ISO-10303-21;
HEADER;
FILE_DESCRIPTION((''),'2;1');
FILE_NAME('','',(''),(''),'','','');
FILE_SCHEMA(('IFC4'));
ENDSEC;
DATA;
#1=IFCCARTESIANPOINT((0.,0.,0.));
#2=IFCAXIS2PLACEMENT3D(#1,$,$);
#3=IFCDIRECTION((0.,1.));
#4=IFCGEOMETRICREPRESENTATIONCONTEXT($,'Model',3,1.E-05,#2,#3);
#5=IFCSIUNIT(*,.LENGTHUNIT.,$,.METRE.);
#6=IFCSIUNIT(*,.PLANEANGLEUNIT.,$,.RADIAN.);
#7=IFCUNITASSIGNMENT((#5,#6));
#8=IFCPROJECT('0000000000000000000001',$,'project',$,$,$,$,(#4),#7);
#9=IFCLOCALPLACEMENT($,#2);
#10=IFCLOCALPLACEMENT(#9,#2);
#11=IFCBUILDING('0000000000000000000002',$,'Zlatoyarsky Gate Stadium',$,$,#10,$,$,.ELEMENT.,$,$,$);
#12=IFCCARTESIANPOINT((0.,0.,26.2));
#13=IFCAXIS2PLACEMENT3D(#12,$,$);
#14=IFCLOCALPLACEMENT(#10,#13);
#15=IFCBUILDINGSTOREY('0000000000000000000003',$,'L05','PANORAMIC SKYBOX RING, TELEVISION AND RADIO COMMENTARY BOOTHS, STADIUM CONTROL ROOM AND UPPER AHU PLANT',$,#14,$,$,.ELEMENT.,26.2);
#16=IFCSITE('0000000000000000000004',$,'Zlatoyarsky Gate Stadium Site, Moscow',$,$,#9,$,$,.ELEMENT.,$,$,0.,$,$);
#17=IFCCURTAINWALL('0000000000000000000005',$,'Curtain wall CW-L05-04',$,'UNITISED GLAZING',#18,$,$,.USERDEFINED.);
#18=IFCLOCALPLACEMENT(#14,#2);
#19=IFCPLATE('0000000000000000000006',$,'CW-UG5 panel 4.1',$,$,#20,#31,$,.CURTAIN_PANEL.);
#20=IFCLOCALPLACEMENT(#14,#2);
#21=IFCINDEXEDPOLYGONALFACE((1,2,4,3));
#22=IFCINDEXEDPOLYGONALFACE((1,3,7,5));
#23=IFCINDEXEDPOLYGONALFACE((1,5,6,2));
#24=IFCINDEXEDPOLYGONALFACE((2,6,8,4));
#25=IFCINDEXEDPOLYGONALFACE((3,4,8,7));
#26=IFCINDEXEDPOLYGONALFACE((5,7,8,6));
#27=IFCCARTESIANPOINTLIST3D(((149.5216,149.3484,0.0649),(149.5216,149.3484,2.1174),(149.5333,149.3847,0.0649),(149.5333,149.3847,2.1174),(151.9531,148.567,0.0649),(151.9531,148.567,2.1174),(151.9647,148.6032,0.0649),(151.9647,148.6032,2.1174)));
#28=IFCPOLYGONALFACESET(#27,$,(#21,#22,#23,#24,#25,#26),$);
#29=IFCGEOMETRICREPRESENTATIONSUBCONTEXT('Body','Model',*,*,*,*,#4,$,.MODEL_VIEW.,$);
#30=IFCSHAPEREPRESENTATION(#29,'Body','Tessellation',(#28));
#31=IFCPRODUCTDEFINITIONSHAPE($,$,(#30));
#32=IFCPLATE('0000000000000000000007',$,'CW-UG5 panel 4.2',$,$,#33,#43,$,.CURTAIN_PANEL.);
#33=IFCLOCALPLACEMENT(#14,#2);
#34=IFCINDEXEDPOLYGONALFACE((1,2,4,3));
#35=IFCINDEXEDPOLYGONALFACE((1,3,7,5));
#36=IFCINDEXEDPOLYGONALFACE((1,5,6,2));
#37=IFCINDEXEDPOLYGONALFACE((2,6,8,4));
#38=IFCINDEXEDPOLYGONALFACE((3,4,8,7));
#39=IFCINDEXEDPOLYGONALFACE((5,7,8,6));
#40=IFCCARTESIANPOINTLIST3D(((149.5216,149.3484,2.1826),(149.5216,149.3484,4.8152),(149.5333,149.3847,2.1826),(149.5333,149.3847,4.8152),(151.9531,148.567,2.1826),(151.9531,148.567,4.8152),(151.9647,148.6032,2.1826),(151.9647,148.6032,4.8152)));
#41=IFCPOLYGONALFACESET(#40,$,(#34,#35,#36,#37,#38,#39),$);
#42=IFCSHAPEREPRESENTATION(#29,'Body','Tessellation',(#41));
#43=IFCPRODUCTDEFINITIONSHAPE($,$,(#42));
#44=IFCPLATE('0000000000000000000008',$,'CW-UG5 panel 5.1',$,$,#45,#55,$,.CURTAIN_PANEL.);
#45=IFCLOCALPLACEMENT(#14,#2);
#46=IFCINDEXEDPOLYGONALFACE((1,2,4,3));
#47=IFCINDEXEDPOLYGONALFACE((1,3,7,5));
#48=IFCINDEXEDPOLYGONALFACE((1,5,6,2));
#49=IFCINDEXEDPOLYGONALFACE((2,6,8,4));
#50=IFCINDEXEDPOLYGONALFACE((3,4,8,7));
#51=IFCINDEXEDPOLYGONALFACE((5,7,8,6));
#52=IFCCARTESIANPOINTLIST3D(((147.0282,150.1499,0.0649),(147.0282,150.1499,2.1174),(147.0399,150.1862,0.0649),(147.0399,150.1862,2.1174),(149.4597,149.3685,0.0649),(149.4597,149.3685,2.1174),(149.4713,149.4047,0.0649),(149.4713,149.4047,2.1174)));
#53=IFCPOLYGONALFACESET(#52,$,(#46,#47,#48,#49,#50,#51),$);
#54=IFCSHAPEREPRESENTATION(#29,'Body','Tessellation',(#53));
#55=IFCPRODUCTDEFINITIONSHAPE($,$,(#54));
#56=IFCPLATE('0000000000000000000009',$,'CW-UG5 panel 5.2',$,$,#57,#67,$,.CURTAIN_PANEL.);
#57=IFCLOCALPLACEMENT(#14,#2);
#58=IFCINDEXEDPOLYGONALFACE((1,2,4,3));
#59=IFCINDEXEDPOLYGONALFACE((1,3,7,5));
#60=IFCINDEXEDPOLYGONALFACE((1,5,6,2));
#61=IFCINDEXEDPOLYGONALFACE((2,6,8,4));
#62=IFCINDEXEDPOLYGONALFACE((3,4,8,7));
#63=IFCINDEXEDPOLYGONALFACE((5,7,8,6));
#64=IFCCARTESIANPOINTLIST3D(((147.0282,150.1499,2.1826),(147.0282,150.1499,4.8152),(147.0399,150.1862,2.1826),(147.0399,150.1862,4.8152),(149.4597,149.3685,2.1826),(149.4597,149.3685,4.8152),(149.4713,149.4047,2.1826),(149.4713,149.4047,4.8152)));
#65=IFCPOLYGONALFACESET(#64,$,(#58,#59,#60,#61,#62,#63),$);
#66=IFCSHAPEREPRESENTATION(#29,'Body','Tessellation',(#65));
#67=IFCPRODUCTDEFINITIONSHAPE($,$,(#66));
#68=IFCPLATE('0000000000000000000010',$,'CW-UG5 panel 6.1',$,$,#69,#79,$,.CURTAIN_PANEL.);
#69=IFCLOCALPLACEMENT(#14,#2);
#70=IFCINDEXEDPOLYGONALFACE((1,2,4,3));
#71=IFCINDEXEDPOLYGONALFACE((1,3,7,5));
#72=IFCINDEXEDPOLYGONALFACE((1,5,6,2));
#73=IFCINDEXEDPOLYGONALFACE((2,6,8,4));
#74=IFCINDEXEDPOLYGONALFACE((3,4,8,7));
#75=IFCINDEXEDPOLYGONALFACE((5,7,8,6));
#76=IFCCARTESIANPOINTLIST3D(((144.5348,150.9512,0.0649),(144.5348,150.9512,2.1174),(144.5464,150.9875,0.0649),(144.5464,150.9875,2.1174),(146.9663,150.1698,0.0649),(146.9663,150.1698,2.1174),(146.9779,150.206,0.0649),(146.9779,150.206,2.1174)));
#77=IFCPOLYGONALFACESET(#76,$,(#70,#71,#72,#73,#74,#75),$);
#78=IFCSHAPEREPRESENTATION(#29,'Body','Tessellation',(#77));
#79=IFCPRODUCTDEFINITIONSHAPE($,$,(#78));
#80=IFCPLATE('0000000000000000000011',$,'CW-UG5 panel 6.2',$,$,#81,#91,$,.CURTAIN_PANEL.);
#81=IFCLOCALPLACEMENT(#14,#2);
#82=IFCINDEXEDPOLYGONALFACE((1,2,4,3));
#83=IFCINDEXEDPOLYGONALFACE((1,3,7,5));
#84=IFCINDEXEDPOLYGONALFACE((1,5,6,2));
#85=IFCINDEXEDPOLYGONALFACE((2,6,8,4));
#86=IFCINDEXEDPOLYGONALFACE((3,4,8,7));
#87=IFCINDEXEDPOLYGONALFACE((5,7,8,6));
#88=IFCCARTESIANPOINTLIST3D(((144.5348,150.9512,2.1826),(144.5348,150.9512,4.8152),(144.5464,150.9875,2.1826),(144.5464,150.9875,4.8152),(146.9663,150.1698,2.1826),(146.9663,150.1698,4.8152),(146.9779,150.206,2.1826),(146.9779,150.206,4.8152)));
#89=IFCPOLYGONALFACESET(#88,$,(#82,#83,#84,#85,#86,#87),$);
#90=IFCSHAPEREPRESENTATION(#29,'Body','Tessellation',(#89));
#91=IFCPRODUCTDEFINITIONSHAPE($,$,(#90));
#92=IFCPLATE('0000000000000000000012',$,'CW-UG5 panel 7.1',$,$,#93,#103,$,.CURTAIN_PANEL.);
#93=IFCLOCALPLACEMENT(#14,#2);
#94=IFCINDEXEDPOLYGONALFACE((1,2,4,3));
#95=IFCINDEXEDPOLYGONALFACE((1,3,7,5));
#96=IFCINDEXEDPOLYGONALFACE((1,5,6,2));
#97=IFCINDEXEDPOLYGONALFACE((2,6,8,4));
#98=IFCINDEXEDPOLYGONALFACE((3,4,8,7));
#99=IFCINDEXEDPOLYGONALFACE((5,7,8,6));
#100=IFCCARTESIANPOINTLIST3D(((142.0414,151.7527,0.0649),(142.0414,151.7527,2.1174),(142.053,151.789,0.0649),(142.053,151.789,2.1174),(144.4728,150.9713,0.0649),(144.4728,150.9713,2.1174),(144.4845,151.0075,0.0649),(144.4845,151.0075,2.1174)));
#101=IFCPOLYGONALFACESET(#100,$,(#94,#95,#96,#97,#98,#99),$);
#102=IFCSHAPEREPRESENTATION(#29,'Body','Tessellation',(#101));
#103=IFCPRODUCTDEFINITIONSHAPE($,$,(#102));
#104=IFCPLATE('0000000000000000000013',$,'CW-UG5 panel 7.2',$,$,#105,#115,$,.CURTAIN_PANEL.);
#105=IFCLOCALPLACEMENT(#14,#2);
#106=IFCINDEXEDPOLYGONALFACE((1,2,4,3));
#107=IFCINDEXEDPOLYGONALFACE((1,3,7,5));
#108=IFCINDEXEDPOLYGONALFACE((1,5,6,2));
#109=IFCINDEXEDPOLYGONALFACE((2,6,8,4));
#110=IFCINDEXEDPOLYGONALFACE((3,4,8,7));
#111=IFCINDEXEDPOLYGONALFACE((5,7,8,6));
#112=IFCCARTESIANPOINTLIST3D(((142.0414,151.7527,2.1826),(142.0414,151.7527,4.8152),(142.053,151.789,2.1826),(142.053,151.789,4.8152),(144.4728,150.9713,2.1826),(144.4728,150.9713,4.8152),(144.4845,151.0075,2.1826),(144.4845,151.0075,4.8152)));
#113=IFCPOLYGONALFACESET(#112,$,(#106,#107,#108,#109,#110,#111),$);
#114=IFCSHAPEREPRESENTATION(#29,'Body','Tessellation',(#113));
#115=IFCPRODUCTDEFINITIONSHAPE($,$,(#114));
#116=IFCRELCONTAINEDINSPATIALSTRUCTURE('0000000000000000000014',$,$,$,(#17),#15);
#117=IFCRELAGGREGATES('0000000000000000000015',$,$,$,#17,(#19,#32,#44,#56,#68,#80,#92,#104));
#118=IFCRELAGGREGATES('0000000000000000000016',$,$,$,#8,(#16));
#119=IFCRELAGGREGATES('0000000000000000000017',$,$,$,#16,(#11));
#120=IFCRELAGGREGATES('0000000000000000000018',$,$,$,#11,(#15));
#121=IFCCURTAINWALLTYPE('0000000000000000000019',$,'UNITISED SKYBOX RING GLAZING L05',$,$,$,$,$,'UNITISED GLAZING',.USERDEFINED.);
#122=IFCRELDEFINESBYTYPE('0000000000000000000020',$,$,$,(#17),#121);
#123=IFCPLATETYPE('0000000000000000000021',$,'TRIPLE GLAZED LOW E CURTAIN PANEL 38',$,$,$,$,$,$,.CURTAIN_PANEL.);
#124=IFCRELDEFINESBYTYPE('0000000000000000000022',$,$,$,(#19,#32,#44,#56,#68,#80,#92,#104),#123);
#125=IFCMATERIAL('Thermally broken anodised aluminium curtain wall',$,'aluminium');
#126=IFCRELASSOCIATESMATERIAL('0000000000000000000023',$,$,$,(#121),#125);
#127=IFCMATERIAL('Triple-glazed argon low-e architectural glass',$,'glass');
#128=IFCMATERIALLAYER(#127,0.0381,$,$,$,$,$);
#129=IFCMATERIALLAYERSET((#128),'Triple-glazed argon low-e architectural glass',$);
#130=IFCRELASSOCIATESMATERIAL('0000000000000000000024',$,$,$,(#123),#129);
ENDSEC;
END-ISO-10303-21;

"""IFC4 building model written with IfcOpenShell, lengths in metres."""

from ifc_helpers import new_model, si_unit, direction, frame, origin, origin_2d, place, context, subcontext, project, spatial, rectangle, extrude, material, layer, layer_set, type_object, element, aggregate, save


model = new_model("IFC4")

# Units and contexts
model_context = context("Model", 3, precision=1e-05, world=origin(), true_north=direction((0.0, 1.0)))
body_context = subcontext(model_context, "Body", "Model", "MODEL_VIEW")
ifc_project = project(units=[si_unit("LENGTHUNIT", "METRE"), si_unit("PLANEANGLEUNIT", "RADIAN")], contexts=[model_context])

# Site, building, storey
site_placement = place(None, origin())
site = spatial("IfcSite", under=ifc_project, at=site_placement, Name="Zlatoyarsky Gate Stadium Site, Moscow", CompositionType="ELEMENT", RefElevation=0.0)
building_placement = place(site_placement, origin())
building = spatial("IfcBuilding", under=site, at=building_placement, Name="Zlatoyarsky Gate Stadium", CompositionType="ELEMENT")
storey_placement = place(building_placement, frame((0.0, 0.0, 26.2)))
storey = spatial("IfcBuildingStorey", under=building, at=storey_placement, Name="L05", Description="PANORAMIC SKYBOX RING, TELEVISION AND RADIO COMMENTARY BOOTHS, STADIUM CONTROL ROOM AND UPPER AHU PLANT", CompositionType="ELEMENT", Elevation=26.2)

# Curtain wall
ifc_material_1 = material(Name="Thermally broken anodised aluminium curtain wall", Category="aluminium")
curtain_wall_type = type_object("IfcCurtainWallType", Name="UNITISED SKYBOX RING GLAZING L05", ElementType="UNITISED GLAZING", PredefinedType="USERDEFINED", material=ifc_material_1)
curtain_wall_placement = place(storey_placement, origin())
curtain_wall = element("IfcCurtainWall", 1, at=curtain_wall_placement, inside=storey, type_object=curtain_wall_type, Name="Curtain wall CW-L05-04", ObjectType="UNITISED GLAZING", PredefinedType="USERDEFINED")

# Plates
ifc_material_2 = material(Name="Triple-glazed argon low-e architectural glass", Category="glass")
ifc_layer_1 = layer(ifc_material_2, 0.0381)
ifc_layer_set_1 = layer_set([ifc_layer_1], Name="Triple-glazed argon low-e architectural glass")
plate_type_1 = type_object("IfcPlateType", Name="TRIPLE GLAZED LOW E CURTAIN PANEL 38", PredefinedType="CURTAIN_PANEL", material=ifc_layer_set_1)
plate_1_placement = place(storey_placement, frame((150.7432, 148.9758, 0.0649), z_axis=(0.0, 0.0, 1.0), x_axis=(-0.952039, 0.305978, 0.0)))
plate_1 = element("IfcPlate", 2, at=plate_1_placement, type_object=plate_type_1, Name="CW-UG5 panel 4.1", PredefinedType="CURTAIN_PANEL", context=body_context, shape_type="SweptSolid", body=[
    extrude(rectangle(XDim=2.554, YDim=0.0381, at=origin_2d()), origin(), (0.0, 0.0, 1.0), 2.0525),
])
plate_2_placement = place(storey_placement, frame((150.7432, 148.9758, 2.1826), z_axis=(0.0, 0.0, 1.0), x_axis=(-0.952039, 0.305978, 0.0)))
plate_2 = element("IfcPlate", 3, at=plate_2_placement, type_object=plate_type_1, Name="CW-UG5 panel 4.2", PredefinedType="CURTAIN_PANEL", context=body_context, shape_type="SweptSolid", body=[
    extrude(rectangle(XDim=2.554, YDim=0.0381, at=origin_2d()), origin(), (0.0, 0.0, 1.0), 2.6326),
])
plate_3_placement = place(storey_placement, frame((148.2498, 149.7773, 0.0649), z_axis=(0.0, 0.0, 1.0), x_axis=(-0.952039, 0.305978, 0.0)))
plate_3 = element("IfcPlate", 4, at=plate_3_placement, type_object=plate_type_1, Name="CW-UG5 panel 5.1", PredefinedType="CURTAIN_PANEL", context=body_context, shape_type="SweptSolid", body=[
    extrude(rectangle(XDim=2.554, YDim=0.0381, at=origin_2d()), origin(), (0.0, 0.0, 1.0), 2.0525),
])
plate_4_placement = place(storey_placement, frame((148.2498, 149.7773, 2.1826), z_axis=(0.0, 0.0, 1.0), x_axis=(-0.952039, 0.305978, 0.0)))
plate_4 = element("IfcPlate", 5, at=plate_4_placement, type_object=plate_type_1, Name="CW-UG5 panel 5.2", PredefinedType="CURTAIN_PANEL", context=body_context, shape_type="SweptSolid", body=[
    extrude(rectangle(XDim=2.554, YDim=0.0381, at=origin_2d()), origin(), (0.0, 0.0, 1.0), 2.6326),
])
plate_5_placement = place(storey_placement, frame((145.7563, 150.5786, 0.0649), z_axis=(0.0, 0.0, 1.0), x_axis=(-0.952039, 0.305978, 0.0)))
plate_5 = element("IfcPlate", 6, at=plate_5_placement, type_object=plate_type_1, Name="CW-UG5 panel 6.1", PredefinedType="CURTAIN_PANEL", context=body_context, shape_type="SweptSolid", body=[
    extrude(rectangle(XDim=2.554, YDim=0.0381, at=origin_2d()), origin(), (0.0, 0.0, 1.0), 2.0525),
])
plate_6_placement = place(storey_placement, frame((145.7563, 150.5786, 2.1826), z_axis=(0.0, 0.0, 1.0), x_axis=(-0.952039, 0.305978, 0.0)))
plate_6 = element("IfcPlate", 7, at=plate_6_placement, type_object=plate_type_1, Name="CW-UG5 panel 6.2", PredefinedType="CURTAIN_PANEL", context=body_context, shape_type="SweptSolid", body=[
    extrude(rectangle(XDim=2.554, YDim=0.0381, at=origin_2d()), origin(), (0.0, 0.0, 1.0), 2.6326),
])
plate_7_placement = place(storey_placement, frame((143.2629, 151.3801, 0.0649), z_axis=(0.0, 0.0, 1.0), x_axis=(-0.952039, 0.305978, 0.0)))
plate_7 = element("IfcPlate", 8, at=plate_7_placement, type_object=plate_type_1, Name="CW-UG5 panel 7.1", PredefinedType="CURTAIN_PANEL", context=body_context, shape_type="SweptSolid", body=[
    extrude(rectangle(XDim=2.554, YDim=0.0381, at=origin_2d()), origin(), (0.0, 0.0, 1.0), 2.0525),
])
plate_8_placement = place(storey_placement, frame((143.2629, 151.3801, 2.1826), z_axis=(0.0, 0.0, 1.0), x_axis=(-0.952039, 0.305978, 0.0)))
plate_8 = element("IfcPlate", 9, at=plate_8_placement, type_object=plate_type_1, Name="CW-UG5 panel 7.2", PredefinedType="CURTAIN_PANEL", context=body_context, shape_type="SweptSolid", body=[
    extrude(rectangle(XDim=2.554, YDim=0.0381, at=origin_2d()), origin(), (0.0, 0.0, 1.0), 2.6326),
])
aggregate(curtain_wall, [plate_1, plate_2, plate_3, plate_4, plate_5, plate_6, plate_7, plate_8])

save(model, "model.ifc")
